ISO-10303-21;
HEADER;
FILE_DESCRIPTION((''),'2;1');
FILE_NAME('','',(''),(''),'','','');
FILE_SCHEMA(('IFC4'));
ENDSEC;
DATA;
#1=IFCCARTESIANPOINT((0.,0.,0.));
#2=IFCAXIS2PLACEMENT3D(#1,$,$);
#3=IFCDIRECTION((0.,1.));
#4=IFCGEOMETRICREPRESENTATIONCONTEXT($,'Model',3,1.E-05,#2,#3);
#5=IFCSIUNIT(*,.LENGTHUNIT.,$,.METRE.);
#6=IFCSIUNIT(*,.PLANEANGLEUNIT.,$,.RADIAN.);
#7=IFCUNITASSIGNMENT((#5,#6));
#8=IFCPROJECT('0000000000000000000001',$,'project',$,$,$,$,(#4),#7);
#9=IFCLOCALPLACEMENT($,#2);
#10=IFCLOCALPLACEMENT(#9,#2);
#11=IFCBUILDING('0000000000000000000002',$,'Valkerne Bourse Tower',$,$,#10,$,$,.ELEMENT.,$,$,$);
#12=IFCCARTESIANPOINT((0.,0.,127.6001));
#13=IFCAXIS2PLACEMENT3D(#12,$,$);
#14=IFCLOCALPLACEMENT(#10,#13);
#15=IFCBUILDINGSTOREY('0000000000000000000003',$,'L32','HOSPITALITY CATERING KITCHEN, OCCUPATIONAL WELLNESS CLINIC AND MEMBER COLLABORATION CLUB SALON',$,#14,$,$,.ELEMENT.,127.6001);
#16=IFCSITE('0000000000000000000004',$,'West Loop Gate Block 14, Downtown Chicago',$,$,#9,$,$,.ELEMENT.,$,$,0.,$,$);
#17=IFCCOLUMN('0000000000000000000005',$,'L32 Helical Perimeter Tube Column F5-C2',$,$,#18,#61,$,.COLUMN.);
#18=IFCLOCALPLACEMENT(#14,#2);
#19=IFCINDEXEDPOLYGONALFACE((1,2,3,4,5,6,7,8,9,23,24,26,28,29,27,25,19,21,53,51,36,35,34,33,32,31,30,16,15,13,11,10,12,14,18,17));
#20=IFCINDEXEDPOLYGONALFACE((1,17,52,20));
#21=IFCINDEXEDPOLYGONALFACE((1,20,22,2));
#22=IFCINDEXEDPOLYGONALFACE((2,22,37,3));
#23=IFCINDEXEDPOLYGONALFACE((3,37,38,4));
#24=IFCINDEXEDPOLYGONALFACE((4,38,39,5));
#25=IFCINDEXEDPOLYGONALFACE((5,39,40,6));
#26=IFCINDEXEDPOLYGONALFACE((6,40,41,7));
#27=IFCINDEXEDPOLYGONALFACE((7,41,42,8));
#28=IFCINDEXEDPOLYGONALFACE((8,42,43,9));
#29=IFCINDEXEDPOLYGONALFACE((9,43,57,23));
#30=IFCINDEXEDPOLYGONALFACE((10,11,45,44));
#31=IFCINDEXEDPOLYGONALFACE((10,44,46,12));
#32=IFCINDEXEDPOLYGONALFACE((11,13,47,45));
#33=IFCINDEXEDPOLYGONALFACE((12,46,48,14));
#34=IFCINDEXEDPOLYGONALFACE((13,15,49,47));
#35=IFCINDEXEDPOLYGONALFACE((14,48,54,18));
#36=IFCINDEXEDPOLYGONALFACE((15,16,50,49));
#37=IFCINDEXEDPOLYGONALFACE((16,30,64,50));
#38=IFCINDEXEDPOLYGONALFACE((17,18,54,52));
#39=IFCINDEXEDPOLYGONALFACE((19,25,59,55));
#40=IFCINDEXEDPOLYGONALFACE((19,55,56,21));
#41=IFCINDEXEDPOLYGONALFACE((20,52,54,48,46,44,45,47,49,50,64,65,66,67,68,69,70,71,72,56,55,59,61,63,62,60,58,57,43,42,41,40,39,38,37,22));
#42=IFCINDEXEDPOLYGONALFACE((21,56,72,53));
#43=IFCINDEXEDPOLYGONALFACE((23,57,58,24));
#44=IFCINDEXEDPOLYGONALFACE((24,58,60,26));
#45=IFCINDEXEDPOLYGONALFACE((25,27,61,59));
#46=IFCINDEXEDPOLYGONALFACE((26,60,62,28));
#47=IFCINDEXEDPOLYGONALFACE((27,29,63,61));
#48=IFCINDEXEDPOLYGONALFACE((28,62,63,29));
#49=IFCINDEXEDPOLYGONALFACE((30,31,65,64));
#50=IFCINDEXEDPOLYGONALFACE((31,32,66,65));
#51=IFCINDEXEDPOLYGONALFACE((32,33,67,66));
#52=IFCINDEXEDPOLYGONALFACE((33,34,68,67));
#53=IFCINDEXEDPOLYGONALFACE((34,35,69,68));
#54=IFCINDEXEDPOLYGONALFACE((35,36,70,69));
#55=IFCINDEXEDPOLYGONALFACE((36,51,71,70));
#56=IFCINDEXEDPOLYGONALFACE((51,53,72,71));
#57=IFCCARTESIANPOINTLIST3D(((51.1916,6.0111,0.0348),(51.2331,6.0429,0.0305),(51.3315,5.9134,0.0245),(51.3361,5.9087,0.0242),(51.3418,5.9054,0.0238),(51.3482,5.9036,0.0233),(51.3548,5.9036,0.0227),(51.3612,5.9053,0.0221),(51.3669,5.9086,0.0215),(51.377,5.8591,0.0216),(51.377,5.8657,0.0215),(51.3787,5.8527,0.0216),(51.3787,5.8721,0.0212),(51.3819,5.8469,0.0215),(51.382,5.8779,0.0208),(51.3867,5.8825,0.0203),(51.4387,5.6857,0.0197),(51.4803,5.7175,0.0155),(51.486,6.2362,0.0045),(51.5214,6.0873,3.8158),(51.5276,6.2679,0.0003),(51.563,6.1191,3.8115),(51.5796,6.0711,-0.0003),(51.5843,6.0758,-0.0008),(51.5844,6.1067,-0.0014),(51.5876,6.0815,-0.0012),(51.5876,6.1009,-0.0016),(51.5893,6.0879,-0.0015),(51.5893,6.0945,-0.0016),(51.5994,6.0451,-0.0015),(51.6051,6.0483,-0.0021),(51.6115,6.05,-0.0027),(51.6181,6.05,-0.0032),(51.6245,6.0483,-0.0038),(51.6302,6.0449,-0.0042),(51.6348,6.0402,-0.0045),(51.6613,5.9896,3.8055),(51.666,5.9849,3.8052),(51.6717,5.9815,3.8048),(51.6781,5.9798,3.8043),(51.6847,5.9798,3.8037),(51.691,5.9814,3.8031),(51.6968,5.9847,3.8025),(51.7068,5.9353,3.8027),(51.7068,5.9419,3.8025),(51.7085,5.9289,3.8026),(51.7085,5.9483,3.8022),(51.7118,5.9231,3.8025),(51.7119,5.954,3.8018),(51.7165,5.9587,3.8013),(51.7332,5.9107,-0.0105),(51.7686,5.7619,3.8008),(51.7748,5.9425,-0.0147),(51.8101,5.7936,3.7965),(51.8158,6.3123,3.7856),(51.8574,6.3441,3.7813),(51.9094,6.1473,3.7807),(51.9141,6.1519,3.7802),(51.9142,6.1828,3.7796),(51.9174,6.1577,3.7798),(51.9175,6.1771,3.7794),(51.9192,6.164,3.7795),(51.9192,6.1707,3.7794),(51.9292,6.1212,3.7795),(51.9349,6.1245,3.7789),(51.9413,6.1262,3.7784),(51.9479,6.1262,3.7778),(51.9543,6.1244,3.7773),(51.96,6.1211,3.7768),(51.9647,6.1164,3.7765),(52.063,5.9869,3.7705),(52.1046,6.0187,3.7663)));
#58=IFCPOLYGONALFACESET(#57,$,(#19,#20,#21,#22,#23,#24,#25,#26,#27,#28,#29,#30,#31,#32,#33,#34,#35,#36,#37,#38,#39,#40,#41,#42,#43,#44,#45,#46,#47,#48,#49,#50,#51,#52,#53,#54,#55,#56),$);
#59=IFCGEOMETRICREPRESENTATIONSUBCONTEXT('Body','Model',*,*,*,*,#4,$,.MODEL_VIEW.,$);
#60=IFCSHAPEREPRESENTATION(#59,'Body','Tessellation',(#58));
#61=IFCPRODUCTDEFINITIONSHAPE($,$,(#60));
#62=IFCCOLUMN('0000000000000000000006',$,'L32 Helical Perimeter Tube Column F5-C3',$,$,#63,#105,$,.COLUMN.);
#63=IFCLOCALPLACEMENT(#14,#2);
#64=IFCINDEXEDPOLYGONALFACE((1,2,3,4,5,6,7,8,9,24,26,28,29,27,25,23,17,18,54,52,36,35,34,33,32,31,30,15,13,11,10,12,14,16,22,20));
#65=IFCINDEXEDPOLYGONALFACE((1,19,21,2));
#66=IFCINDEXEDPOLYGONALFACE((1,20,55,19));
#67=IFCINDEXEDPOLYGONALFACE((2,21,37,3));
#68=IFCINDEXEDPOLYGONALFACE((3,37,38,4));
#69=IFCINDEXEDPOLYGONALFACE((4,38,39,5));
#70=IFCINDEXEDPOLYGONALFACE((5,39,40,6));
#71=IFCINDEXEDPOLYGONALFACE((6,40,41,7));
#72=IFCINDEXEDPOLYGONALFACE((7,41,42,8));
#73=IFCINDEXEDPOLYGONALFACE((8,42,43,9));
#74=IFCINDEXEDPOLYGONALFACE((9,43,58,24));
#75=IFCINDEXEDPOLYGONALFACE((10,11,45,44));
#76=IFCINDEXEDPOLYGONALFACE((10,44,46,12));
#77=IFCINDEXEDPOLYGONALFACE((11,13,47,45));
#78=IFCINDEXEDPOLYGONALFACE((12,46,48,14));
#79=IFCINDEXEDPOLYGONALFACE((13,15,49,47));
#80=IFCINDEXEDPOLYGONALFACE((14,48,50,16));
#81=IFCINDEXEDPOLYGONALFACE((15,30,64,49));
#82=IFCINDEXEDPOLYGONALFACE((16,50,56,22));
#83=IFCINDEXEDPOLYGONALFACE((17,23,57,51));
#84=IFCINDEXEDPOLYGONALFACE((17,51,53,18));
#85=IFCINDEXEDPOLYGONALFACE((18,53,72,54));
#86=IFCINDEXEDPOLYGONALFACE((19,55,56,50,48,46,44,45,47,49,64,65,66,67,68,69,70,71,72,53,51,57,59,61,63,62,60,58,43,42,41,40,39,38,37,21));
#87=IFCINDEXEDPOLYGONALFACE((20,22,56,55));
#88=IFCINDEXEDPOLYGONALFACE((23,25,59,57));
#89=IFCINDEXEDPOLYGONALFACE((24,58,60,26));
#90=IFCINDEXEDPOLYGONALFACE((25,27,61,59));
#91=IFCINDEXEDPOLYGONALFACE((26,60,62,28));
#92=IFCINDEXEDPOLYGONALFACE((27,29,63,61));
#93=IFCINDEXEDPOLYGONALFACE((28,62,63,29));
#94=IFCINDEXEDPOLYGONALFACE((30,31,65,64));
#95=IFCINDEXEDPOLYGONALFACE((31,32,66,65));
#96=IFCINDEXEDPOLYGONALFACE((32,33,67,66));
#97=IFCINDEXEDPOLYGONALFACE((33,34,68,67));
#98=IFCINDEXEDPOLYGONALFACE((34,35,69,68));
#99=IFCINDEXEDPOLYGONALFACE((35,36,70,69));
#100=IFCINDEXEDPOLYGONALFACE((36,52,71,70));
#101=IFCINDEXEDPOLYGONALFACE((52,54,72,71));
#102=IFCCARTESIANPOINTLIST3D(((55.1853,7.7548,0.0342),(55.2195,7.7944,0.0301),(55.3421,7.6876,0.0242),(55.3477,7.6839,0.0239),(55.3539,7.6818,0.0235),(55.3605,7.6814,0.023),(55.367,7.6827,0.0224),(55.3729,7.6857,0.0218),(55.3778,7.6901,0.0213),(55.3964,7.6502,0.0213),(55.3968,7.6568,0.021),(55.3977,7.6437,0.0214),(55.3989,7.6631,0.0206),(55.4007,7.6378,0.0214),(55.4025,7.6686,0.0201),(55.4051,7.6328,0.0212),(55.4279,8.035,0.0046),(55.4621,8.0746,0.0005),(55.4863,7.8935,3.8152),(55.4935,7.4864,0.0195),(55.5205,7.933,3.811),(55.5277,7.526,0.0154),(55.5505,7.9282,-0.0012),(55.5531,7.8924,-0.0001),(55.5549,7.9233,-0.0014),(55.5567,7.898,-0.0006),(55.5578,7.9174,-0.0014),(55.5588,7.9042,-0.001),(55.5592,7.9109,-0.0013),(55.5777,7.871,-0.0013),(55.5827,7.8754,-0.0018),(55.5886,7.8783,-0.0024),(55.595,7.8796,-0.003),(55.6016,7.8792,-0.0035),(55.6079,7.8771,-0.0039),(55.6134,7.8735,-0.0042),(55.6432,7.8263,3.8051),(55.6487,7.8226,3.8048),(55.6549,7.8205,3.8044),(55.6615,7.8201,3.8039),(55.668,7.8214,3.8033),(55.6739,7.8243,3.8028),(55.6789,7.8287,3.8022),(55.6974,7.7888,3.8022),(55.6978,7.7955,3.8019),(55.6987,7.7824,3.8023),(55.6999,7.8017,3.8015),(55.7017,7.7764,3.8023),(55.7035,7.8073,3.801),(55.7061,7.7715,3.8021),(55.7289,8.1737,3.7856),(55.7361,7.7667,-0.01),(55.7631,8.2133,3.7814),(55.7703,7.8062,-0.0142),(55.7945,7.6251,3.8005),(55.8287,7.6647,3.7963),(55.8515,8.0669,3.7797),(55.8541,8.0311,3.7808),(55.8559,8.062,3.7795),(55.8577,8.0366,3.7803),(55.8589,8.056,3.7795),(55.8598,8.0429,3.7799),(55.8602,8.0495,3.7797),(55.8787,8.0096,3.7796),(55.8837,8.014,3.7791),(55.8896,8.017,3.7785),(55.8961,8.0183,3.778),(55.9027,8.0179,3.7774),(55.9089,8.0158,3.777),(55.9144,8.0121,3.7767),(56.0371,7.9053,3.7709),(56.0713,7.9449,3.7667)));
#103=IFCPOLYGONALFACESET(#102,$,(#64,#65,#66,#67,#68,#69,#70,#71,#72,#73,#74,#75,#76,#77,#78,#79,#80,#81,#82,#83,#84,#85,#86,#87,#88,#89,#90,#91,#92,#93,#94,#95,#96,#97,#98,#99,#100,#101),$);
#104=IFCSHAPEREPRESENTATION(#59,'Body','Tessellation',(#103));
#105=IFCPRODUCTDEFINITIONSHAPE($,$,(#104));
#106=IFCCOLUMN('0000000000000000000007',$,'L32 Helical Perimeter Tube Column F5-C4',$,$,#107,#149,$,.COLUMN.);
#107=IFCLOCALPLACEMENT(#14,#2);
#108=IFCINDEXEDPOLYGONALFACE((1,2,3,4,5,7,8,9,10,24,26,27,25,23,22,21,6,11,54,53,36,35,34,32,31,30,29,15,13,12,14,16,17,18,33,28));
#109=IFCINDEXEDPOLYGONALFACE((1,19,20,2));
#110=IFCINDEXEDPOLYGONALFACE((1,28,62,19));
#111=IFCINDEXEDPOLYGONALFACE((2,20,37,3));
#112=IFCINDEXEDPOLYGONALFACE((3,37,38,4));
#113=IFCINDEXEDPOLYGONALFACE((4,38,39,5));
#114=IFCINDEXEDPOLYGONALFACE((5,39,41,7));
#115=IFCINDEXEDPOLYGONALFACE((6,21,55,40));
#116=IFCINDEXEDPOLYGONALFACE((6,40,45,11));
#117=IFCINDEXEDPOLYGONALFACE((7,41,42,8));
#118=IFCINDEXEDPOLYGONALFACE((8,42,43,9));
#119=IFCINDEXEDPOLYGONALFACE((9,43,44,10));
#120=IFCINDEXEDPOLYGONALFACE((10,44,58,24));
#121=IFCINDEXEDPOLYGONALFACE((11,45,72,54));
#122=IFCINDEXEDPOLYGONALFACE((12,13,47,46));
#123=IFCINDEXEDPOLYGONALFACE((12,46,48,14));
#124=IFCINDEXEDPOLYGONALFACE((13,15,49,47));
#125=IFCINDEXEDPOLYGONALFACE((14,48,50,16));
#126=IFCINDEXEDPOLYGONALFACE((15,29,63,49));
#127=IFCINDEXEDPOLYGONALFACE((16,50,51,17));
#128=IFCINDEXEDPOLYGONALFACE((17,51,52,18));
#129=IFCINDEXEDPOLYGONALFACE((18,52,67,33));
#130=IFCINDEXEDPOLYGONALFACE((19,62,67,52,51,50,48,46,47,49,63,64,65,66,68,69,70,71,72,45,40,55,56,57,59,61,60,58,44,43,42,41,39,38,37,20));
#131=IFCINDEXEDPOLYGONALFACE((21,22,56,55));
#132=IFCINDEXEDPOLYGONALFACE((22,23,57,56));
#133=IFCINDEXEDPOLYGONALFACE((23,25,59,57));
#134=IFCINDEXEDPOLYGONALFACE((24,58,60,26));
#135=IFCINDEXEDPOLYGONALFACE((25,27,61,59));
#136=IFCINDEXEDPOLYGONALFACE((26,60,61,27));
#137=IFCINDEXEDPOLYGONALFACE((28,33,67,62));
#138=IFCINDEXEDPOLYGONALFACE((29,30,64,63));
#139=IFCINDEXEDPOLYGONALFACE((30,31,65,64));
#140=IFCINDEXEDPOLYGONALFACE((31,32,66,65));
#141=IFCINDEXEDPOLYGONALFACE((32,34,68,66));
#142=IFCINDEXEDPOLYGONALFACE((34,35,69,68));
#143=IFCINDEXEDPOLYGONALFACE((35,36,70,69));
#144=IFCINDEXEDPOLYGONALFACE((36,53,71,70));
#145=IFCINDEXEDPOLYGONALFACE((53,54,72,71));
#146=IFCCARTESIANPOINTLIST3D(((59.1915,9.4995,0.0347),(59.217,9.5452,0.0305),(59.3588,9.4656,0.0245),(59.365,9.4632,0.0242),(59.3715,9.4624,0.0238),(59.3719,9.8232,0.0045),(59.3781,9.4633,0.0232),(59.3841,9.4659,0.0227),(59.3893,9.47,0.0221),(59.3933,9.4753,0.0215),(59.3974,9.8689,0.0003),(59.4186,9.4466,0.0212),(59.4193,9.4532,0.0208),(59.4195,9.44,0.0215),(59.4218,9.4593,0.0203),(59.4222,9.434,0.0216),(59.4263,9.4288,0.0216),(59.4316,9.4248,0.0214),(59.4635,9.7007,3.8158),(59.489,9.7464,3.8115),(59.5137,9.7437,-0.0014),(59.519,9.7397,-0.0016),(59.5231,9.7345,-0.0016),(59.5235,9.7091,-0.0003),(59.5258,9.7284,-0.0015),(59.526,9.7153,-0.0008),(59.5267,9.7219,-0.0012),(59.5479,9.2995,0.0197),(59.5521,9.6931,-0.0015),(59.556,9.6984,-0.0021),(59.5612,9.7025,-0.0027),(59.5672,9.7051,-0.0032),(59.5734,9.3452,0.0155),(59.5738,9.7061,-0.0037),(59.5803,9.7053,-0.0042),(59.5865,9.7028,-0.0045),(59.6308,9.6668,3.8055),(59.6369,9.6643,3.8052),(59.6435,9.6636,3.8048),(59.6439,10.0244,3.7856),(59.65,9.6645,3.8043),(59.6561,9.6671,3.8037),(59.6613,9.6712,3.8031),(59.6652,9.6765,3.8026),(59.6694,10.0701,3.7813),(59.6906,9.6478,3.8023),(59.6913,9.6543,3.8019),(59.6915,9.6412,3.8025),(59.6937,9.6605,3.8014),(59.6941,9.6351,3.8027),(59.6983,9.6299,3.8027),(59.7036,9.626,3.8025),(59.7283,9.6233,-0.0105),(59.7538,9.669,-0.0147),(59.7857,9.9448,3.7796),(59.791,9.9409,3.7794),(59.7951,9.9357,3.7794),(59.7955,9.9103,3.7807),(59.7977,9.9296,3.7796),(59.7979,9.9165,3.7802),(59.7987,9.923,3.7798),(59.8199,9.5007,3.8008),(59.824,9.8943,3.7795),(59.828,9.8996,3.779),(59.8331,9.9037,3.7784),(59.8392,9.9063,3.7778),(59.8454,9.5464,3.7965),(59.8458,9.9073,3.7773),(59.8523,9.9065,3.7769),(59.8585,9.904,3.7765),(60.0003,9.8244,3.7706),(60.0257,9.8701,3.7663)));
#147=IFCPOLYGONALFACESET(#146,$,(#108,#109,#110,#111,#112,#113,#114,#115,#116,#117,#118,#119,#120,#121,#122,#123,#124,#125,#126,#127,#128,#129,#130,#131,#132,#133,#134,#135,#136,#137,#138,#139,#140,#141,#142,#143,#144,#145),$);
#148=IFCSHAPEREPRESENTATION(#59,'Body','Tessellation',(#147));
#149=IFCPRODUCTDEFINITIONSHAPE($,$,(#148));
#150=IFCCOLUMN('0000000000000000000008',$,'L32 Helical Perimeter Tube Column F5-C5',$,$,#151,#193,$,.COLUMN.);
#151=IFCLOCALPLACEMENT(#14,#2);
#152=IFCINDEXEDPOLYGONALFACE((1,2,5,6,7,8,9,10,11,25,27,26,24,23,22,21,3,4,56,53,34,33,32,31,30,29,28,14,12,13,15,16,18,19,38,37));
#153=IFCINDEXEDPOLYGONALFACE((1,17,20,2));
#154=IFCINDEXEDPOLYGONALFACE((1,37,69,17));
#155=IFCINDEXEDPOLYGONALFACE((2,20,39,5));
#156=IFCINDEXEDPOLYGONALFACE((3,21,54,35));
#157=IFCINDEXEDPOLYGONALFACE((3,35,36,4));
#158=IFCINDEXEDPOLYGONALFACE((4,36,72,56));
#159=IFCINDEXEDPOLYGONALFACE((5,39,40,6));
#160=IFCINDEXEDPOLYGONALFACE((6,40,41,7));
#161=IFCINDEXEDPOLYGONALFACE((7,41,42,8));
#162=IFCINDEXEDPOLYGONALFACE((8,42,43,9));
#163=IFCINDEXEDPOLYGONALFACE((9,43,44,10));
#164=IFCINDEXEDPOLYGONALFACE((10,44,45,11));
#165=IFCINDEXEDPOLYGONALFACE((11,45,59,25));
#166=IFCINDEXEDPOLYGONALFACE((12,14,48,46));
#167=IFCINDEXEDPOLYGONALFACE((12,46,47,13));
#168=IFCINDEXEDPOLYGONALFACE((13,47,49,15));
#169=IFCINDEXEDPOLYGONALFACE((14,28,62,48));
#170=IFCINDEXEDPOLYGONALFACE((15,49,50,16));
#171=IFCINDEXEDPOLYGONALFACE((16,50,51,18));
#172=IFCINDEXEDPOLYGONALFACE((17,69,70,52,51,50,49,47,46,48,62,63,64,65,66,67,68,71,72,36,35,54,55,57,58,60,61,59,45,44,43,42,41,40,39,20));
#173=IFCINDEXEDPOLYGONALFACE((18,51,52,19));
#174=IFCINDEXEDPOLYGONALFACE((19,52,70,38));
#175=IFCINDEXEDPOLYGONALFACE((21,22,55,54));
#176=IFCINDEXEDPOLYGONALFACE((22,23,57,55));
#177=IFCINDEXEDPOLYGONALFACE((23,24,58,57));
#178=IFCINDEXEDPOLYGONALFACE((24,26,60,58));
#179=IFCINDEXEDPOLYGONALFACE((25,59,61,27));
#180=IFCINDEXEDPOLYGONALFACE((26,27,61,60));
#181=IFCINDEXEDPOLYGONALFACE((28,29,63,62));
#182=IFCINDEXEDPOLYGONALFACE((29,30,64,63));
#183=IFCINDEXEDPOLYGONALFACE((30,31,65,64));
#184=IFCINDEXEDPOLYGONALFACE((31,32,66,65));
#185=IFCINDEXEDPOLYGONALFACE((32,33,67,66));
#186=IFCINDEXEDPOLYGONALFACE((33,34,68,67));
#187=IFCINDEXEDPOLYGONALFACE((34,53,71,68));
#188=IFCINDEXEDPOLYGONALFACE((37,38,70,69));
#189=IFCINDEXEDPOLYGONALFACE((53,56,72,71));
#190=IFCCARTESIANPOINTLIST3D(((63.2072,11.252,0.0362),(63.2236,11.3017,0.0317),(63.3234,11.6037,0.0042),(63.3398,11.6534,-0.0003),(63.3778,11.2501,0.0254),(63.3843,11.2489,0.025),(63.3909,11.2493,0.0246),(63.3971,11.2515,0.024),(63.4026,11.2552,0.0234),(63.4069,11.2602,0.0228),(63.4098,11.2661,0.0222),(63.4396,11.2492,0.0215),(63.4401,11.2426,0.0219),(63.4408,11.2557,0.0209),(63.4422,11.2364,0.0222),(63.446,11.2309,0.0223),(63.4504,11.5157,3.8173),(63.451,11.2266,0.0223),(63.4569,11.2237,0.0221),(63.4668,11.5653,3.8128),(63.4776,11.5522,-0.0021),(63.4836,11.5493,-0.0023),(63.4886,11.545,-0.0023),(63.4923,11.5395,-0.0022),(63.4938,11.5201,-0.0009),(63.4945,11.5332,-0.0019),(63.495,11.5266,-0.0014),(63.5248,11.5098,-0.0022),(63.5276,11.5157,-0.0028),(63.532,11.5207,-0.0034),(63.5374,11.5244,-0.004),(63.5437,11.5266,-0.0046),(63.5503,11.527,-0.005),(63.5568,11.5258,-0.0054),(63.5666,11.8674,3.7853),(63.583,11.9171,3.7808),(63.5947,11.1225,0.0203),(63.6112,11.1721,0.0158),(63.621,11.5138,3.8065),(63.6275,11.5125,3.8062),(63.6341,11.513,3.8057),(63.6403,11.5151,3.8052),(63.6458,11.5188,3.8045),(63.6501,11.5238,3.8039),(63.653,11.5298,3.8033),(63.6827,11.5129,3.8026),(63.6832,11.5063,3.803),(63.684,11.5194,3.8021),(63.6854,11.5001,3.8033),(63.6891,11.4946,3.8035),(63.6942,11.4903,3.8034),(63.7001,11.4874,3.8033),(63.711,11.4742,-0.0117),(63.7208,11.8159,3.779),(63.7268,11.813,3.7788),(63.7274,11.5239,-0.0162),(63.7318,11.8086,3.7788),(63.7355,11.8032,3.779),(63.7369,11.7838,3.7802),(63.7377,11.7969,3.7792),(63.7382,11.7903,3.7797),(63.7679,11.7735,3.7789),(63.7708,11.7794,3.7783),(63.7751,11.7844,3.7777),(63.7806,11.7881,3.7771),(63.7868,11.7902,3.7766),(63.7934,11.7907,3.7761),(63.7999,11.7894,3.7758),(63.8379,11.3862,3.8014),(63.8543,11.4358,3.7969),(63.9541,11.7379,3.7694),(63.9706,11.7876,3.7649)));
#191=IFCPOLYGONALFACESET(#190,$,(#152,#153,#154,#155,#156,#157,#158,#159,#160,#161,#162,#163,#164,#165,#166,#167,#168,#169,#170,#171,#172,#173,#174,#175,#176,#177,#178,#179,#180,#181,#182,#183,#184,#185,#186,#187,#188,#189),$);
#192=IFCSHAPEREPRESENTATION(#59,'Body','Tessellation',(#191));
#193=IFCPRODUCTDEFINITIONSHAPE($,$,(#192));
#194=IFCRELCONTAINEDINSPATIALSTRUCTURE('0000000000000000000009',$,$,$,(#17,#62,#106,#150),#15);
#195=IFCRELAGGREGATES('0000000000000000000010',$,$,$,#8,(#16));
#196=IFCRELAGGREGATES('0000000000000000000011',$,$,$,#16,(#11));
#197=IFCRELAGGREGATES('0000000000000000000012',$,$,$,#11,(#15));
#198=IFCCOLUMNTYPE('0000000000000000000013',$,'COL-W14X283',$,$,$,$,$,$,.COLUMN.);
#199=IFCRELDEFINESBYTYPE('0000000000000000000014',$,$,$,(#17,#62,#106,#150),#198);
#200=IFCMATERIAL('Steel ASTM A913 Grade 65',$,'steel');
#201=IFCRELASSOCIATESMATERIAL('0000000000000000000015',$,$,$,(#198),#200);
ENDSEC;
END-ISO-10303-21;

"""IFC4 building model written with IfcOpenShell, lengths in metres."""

from ifc_helpers import new_model, si_unit, direction, frame, origin, origin_2d, place, context, subcontext, project, spatial, i_section, extrude, material, material_profile, profile_set, type_object, element, save


model = new_model("IFC4")

# Units and contexts
model_context = context("Model", 3, precision=1e-05, world=origin(), true_north=direction((0.0, 1.0)))
body_context = subcontext(model_context, "Body", "Model", "MODEL_VIEW")
ifc_project = project(units=[si_unit("LENGTHUNIT", "METRE"), si_unit("PLANEANGLEUNIT", "RADIAN")], contexts=[model_context])

# Site, building, storey
site_placement = place(None, origin())
site = spatial("IfcSite", under=ifc_project, at=site_placement, Name="West Loop Gate Block 14, Downtown Chicago", CompositionType="ELEMENT", RefElevation=0.0)
building_placement = place(site_placement, origin())
building = spatial("IfcBuilding", under=site, at=building_placement, Name="Valkerne Bourse Tower", CompositionType="ELEMENT")
storey_placement = place(building_placement, frame((0.0, 0.0, 127.6001)))
storey = spatial("IfcBuildingStorey", under=building, at=storey_placement, Name="L32", Description="HOSPITALITY CATERING KITCHEN, OCCUPATIONAL WELLNESS CLINIC AND MEMBER COLLABORATION CLUB SALON", CompositionType="ELEMENT", Elevation=127.6001)

# Columns
ifc_material_1 = material(Name="Steel ASTM A913 Grade 65", Category="steel")
ifc_material_profile_1 = material_profile(ifc_material_1, i_section(OverallWidth=0.4089, OverallDepth=0.4243, WebThickness=0.0327, FlangeThickness=0.0525, FilletRadius=0.0254, at=origin_2d()), Name="W14X283")
ifc_profile_set_1 = profile_set([ifc_material_profile_1], Name="Steel ASTM A913 Grade 65")
column_type = type_object("IfcColumnType", Name="COL-W14X283", PredefinedType="COLUMN", material=ifc_profile_set_1)
column_1_placement = place(storey_placement, frame((51.4832, 5.9768, 0.01), z_axis=(0.086887, 0.020066, 0.996016), x_axis=(-0.604445, 0.795801, 0.036696)))
element("IfcColumn", 1, at=column_1_placement, inside=storey, type_object=column_type, Name="L32 Helical Perimeter Tube Column F5-C2", PredefinedType="COLUMN", context=body_context, shape_type="SweptSolid", body=[
    extrude(i_section(OverallWidth=0.4089, OverallDepth=0.4243, WebThickness=0.0327, FlangeThickness=0.0525, FilletRadius=0.0254, at=origin_2d()), origin(), (0.0, 0.0, 1.0), 3.7961),
])
column_2_placement = place(storey_placement, frame((55.4778, 7.7805, 0.01), z_axis=(0.079311, 0.036536, 0.99618), x_axis=(-0.75367, 0.65627, 0.035934)))
element("IfcColumn", 2, at=column_2_placement, inside=storey, type_object=column_type, Name="L32 Helical Perimeter Tube Column F5-C3", PredefinedType="COLUMN", context=body_context, shape_type="SweptSolid", body=[
    extrude(i_section(OverallWidth=0.4089, OverallDepth=0.4243, WebThickness=0.0327, FlangeThickness=0.0525, FilletRadius=0.0254, at=origin_2d()), origin(), (0.0, 0.0, 1.0), 3.7954),
])
column_3_placement = place(storey_placement, frame((59.4727, 9.5842, 0.01), z_axis=(0.071645, 0.052994, 0.996021), x_axis=(-0.871516, 0.488994, 0.036672)))
element("IfcColumn", 3, at=column_3_placement, inside=storey, type_object=column_type, Name="L32 Helical Perimeter Tube Column F5-C4", PredefinedType="COLUMN", context=body_context, shape_type="SweptSolid", body=[
    extrude(i_section(OverallWidth=0.4089, OverallDepth=0.4243, WebThickness=0.0327, FlangeThickness=0.0525, FilletRadius=0.0254, at=origin_2d()), origin(), (0.0, 0.0, 1.0), 3.7961),
])
for number, where, z_axis, x_axis, name in (
    (4, (63.4673, 11.3879, 0.01), (0.064025, 0.069424, 0.995531), (-0.947723, 0.316719, 0.038863), "L32 Helical Perimeter Tube Column F5-C5"),
):
    element("IfcColumn", number, at=place(storey_placement, frame(where, z_axis=z_axis, x_axis=x_axis)), inside=storey, type_object=column_type, Name=name, PredefinedType="COLUMN", context=body_context, shape_type="SweptSolid", body=[
        extrude(i_section(OverallWidth=0.4089, OverallDepth=0.4243, WebThickness=0.0327, FlangeThickness=0.0525, FilletRadius=0.0254, at=origin_2d()), origin(), (0.0, 0.0, 1.0), 3.7981),
    ])

save(model, "model.ifc")
